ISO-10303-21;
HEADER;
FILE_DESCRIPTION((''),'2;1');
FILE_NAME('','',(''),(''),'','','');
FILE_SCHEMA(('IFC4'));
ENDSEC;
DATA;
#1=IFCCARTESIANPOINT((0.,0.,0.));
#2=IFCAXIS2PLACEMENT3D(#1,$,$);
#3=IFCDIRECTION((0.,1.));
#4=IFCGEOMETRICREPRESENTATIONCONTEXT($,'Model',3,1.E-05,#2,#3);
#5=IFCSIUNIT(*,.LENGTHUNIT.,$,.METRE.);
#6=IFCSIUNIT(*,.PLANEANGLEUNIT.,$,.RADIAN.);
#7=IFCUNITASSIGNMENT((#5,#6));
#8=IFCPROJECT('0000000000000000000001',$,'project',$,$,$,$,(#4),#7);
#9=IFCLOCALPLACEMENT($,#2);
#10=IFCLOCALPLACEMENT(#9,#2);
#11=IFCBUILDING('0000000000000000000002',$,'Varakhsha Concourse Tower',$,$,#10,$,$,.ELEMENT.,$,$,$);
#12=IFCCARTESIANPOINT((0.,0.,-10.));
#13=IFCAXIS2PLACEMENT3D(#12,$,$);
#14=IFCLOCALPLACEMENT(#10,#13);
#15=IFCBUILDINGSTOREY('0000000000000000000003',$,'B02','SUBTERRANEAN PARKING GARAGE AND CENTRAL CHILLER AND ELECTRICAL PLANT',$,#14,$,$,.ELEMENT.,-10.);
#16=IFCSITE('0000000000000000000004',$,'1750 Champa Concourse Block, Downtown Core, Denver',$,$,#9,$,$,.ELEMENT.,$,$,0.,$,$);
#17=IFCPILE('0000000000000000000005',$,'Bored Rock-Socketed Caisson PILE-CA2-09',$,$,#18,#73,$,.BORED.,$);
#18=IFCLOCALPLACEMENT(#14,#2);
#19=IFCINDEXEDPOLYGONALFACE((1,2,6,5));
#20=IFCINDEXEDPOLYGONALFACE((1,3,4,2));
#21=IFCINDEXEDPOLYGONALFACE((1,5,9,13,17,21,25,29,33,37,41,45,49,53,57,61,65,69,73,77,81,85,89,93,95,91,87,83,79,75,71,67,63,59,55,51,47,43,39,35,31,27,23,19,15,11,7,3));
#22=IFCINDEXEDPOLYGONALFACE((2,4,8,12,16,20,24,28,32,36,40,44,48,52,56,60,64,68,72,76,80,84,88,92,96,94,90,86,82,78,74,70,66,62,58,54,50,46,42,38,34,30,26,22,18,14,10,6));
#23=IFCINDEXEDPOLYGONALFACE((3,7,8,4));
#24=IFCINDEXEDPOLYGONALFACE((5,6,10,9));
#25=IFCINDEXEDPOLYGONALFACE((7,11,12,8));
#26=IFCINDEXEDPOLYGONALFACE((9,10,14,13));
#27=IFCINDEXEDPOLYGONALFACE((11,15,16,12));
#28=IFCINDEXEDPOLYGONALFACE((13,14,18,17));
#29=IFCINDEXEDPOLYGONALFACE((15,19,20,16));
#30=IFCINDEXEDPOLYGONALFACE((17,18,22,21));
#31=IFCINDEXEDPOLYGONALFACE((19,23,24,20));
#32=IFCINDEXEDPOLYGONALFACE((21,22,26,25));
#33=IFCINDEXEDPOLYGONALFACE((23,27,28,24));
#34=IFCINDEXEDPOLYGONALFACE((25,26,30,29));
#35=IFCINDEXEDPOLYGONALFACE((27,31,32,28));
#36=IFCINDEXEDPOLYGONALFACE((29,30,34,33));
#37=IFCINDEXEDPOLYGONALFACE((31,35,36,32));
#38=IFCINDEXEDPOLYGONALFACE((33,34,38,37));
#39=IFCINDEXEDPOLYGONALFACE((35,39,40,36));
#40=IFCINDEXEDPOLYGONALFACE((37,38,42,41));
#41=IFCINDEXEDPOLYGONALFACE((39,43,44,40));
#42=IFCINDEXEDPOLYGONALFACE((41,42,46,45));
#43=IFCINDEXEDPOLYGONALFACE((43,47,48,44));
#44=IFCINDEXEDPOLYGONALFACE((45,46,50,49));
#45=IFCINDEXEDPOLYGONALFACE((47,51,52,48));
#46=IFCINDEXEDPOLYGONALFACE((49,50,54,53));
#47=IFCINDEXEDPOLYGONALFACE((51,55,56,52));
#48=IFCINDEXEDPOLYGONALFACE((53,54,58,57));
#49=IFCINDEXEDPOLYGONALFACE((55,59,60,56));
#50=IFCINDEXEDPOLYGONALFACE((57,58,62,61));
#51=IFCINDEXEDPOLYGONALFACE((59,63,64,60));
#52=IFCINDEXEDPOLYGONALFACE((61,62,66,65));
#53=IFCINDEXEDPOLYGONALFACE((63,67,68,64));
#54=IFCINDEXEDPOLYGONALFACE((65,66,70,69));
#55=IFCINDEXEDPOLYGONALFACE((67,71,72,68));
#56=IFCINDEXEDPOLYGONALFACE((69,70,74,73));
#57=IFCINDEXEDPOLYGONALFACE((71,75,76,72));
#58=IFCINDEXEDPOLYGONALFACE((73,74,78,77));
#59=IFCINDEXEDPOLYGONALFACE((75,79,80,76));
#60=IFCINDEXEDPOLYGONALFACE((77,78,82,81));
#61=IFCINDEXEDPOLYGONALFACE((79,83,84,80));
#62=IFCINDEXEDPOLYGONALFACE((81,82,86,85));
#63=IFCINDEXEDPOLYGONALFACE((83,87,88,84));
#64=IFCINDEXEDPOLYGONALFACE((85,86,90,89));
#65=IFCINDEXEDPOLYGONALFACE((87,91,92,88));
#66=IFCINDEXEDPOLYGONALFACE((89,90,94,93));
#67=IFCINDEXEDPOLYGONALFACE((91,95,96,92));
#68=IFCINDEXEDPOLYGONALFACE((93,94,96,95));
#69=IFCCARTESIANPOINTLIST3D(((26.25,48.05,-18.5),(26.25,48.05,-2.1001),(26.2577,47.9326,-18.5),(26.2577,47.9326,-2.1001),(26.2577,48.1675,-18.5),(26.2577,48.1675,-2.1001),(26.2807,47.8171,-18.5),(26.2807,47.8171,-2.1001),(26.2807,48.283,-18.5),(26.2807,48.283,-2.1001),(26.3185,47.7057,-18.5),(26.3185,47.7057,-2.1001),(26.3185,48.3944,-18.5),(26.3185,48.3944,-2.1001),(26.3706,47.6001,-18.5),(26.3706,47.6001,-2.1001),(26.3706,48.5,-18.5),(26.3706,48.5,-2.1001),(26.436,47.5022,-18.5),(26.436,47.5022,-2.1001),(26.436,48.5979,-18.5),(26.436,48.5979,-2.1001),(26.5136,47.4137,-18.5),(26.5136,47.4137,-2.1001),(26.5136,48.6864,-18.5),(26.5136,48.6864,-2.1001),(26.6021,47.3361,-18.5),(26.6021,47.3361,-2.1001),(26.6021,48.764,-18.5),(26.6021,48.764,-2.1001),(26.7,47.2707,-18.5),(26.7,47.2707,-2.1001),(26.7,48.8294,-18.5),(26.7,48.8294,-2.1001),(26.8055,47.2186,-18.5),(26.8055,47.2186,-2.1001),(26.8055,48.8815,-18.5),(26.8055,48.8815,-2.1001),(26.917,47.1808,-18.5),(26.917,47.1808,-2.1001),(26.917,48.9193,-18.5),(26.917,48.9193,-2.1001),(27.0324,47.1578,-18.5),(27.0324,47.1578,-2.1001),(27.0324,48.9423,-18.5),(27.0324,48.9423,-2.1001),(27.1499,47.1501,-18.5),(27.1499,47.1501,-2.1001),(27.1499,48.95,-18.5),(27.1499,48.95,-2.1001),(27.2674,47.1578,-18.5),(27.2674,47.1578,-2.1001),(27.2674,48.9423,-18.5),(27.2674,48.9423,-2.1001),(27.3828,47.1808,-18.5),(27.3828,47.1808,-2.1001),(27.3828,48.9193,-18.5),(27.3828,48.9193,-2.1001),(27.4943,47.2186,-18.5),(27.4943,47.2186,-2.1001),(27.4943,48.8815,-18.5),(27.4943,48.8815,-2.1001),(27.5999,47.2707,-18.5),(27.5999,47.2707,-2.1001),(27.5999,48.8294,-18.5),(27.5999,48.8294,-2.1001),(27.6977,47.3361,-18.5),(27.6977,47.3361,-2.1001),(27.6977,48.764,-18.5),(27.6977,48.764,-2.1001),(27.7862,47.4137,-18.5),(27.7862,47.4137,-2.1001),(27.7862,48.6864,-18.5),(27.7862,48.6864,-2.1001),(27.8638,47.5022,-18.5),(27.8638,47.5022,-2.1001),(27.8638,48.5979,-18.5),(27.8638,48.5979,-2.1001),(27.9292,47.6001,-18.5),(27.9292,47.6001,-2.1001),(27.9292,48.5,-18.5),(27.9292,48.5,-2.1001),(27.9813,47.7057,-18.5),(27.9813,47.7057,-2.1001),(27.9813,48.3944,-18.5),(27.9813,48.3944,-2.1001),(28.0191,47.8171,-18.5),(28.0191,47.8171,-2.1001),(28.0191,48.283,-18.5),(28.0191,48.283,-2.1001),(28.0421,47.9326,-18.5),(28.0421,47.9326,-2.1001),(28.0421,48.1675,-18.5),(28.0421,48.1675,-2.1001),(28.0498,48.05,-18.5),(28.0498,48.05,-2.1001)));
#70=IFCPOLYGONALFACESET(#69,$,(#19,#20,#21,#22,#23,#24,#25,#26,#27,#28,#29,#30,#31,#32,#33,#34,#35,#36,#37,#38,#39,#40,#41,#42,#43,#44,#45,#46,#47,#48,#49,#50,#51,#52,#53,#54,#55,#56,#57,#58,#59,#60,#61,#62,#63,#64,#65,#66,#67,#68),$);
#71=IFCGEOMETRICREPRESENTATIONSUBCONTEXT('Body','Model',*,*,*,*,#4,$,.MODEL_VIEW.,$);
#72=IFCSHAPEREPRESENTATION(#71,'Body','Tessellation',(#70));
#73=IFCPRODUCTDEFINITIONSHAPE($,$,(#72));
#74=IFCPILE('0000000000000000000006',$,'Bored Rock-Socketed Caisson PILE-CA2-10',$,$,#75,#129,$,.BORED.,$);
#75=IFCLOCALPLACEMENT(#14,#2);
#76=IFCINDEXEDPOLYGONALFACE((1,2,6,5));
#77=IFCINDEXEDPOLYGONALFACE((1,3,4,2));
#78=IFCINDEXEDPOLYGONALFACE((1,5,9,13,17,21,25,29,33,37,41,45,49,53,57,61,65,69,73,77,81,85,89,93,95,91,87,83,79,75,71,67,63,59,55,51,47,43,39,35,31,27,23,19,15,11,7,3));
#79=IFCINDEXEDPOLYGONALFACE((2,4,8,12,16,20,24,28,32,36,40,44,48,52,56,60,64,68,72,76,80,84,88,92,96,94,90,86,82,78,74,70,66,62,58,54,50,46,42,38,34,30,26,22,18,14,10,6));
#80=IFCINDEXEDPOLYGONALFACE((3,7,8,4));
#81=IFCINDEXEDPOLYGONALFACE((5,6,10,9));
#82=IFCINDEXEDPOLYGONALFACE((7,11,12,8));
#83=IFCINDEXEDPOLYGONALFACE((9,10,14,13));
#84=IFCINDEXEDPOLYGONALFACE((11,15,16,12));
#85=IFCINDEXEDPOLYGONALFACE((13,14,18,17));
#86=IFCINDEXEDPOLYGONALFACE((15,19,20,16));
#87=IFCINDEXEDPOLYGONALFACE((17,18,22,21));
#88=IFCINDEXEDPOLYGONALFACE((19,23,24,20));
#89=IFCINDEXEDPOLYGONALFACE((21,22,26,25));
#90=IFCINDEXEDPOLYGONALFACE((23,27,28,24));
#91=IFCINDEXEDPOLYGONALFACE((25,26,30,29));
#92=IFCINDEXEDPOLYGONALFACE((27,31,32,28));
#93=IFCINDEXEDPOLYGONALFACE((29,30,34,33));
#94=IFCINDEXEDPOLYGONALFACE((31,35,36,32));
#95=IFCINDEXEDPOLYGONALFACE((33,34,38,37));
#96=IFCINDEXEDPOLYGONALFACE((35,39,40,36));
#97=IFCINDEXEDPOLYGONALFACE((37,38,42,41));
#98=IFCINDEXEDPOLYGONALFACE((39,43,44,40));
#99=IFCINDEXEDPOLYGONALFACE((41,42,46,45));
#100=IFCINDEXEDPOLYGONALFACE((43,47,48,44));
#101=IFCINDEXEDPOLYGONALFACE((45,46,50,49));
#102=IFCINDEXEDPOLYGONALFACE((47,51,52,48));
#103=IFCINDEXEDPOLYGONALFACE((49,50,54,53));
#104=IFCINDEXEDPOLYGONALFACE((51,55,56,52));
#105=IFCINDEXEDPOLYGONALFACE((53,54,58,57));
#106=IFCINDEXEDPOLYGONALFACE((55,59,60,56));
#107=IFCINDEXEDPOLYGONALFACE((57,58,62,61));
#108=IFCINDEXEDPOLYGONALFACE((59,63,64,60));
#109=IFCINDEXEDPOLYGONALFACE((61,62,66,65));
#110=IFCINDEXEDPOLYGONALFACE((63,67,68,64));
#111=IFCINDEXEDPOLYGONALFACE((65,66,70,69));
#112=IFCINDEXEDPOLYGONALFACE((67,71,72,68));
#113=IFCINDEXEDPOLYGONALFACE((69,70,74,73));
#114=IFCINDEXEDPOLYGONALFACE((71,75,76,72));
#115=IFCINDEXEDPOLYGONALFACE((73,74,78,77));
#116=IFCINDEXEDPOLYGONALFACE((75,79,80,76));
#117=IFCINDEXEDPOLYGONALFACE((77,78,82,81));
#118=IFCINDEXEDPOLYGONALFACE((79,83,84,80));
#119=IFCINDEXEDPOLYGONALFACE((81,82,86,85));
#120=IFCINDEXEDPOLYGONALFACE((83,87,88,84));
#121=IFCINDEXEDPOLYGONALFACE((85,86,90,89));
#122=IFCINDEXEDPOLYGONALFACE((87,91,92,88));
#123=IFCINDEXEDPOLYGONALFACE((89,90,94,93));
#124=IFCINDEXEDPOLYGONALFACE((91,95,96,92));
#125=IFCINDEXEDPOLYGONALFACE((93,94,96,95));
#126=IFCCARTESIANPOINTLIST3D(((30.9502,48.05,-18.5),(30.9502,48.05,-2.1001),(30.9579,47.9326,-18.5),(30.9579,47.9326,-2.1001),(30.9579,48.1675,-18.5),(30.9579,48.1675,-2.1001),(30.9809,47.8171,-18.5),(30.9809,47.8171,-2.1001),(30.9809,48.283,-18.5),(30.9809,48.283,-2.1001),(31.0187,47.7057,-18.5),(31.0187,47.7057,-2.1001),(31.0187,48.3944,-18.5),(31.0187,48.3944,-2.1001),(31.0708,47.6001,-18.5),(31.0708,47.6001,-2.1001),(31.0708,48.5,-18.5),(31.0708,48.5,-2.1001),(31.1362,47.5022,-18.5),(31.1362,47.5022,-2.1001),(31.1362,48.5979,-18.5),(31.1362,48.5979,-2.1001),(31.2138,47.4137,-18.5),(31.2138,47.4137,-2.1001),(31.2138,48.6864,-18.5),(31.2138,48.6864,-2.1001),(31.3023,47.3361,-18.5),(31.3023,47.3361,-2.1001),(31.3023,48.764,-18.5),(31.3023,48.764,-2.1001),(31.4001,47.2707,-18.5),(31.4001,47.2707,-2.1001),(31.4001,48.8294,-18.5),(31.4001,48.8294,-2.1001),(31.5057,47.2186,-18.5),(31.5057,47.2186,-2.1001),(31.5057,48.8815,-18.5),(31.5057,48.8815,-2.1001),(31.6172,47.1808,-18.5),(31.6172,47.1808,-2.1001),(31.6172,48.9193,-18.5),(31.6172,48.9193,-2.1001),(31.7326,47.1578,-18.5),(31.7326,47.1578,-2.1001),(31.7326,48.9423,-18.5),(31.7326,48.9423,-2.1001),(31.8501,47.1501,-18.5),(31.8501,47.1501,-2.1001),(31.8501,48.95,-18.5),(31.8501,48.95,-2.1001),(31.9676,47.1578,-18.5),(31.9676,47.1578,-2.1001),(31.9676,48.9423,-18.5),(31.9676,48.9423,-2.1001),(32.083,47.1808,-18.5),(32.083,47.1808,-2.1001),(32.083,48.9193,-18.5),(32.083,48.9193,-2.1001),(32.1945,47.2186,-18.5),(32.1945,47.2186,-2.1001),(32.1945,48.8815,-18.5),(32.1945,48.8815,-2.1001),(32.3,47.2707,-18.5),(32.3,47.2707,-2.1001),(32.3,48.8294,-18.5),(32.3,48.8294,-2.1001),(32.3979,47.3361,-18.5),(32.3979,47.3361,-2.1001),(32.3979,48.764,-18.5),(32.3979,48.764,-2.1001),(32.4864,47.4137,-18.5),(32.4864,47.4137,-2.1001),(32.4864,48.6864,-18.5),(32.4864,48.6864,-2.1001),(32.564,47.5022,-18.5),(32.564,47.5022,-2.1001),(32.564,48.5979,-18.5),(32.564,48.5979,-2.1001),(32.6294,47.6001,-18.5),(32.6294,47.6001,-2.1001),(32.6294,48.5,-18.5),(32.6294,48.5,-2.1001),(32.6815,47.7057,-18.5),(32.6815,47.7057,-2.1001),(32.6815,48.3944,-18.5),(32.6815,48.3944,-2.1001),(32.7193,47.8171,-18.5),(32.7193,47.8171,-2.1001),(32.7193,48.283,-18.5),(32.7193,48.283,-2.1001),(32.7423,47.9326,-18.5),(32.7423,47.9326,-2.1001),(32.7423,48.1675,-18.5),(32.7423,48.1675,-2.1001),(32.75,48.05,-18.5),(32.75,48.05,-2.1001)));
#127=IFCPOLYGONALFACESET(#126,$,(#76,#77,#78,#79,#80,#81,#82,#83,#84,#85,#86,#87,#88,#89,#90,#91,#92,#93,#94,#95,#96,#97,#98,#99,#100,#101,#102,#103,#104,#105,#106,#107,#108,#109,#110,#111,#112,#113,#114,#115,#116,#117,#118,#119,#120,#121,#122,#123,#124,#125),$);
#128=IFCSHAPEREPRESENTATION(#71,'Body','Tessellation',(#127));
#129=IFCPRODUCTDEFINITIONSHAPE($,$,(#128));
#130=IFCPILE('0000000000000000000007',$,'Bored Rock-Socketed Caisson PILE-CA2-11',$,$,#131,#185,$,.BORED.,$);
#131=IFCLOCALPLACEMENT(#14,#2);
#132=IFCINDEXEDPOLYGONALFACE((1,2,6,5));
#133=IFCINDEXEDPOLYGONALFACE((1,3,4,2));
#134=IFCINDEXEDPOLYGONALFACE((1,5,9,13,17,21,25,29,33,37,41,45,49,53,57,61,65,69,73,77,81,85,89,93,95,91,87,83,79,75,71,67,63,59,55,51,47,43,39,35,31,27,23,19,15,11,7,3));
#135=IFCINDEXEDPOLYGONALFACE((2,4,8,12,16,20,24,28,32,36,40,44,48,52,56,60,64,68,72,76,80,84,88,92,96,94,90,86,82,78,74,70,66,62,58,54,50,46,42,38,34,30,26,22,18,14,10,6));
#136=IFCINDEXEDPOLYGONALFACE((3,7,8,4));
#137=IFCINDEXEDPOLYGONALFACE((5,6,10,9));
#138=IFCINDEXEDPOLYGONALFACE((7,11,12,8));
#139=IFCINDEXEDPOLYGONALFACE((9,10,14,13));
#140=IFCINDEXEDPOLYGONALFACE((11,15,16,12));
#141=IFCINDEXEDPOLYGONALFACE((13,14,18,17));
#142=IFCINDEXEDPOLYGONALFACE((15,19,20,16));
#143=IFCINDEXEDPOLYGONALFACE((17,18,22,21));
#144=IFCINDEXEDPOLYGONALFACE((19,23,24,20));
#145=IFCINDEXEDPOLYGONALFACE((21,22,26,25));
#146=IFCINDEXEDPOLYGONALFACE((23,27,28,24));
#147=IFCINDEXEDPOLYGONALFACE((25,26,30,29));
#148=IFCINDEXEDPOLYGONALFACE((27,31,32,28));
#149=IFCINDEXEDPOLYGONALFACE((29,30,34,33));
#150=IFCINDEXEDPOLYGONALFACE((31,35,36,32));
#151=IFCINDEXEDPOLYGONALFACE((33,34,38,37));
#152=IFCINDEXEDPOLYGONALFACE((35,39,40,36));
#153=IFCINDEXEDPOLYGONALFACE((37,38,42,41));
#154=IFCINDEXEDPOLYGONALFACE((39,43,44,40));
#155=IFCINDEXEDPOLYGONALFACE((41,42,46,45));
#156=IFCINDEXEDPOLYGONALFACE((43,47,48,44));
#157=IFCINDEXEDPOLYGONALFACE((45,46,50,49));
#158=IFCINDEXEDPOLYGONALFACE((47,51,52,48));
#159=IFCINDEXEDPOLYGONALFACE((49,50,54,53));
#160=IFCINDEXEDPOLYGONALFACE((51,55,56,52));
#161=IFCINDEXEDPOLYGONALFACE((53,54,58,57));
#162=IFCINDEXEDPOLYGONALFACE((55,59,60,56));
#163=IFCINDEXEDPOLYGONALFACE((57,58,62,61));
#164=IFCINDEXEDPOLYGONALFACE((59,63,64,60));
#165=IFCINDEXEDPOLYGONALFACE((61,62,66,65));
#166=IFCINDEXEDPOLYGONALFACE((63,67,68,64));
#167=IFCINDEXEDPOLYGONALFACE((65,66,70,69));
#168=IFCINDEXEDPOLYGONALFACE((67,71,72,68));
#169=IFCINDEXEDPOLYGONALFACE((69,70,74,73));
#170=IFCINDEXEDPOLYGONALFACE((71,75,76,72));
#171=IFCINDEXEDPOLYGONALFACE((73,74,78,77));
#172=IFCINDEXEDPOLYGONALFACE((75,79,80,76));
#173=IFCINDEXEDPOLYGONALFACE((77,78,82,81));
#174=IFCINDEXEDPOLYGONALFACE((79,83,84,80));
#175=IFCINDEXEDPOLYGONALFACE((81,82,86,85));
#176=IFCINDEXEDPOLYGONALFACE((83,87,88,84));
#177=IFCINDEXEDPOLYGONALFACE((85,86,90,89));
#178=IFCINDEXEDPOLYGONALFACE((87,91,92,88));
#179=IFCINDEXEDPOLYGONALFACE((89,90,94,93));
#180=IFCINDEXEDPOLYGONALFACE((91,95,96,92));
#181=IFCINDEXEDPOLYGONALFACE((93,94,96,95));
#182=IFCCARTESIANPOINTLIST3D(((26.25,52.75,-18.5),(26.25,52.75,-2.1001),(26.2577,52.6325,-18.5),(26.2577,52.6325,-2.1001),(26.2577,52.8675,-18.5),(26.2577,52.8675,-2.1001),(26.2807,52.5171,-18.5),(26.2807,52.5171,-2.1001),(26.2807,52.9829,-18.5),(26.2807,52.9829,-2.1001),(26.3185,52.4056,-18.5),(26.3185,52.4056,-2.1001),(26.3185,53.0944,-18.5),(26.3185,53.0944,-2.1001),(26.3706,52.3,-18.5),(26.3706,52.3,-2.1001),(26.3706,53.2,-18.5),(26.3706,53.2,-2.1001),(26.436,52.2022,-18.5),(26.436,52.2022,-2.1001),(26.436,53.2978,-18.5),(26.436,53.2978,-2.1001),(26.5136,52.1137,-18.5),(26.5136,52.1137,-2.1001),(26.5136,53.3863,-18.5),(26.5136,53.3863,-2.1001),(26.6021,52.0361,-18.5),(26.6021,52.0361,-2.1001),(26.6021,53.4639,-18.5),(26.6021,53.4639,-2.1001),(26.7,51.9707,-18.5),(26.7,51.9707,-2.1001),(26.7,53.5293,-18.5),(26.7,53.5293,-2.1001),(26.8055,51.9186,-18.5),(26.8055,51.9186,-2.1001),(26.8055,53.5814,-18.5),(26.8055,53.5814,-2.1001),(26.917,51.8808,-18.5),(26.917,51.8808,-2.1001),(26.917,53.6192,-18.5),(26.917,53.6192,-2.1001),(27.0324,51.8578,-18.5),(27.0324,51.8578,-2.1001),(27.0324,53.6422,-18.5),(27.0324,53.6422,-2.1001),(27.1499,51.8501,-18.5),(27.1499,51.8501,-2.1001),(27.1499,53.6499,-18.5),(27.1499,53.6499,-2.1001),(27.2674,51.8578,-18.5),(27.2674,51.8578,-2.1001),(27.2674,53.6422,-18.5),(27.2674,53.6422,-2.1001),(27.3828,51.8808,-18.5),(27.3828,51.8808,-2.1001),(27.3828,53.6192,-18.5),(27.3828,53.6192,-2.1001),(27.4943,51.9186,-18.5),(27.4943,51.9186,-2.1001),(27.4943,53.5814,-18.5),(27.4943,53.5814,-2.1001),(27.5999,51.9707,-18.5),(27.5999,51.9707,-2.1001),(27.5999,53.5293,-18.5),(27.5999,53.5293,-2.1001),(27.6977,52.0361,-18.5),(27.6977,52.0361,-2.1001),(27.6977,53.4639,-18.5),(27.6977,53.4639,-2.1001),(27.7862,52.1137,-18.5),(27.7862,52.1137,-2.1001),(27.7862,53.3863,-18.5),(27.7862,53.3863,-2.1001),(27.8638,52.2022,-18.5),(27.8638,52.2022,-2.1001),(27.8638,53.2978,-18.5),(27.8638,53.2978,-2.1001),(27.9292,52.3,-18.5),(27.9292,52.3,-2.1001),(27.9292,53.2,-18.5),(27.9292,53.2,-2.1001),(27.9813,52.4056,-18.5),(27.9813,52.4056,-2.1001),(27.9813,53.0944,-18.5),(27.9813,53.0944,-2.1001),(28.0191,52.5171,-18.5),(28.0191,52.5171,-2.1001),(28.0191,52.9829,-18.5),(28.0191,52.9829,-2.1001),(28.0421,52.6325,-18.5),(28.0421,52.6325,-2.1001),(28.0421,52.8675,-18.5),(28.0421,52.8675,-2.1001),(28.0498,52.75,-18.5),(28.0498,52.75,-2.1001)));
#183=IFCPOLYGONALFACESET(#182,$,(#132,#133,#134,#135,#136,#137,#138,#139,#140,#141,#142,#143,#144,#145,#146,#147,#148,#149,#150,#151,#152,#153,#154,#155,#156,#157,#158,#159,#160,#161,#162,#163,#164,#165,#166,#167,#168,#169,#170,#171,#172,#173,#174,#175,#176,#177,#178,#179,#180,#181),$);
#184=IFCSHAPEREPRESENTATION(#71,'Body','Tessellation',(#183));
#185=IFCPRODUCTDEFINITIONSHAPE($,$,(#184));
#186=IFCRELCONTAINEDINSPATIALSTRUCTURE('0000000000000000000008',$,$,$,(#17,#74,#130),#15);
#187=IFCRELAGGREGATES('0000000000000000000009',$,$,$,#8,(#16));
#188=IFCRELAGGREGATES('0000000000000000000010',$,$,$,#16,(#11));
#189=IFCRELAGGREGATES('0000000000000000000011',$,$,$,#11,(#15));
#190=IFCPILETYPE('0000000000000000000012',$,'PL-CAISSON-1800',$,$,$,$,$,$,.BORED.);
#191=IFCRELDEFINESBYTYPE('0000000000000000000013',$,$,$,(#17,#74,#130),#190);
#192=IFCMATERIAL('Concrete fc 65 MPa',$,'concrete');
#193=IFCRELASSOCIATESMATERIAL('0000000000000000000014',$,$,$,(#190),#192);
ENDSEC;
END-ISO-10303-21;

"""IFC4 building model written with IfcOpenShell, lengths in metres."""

from ifc_helpers import new_model, si_unit, direction, frame, origin, origin_2d, place, context, subcontext, project, spatial, circle, extrude, material, material_profile, profile_set, type_object, element, save


model = new_model("IFC4")

# Units and contexts
model_context = context("Model", 3, precision=1e-05, world=origin(), true_north=direction((0.0, 1.0)))
body_context = subcontext(model_context, "Body", "Model", "MODEL_VIEW")
ifc_project = project(units=[si_unit("LENGTHUNIT", "METRE"), si_unit("PLANEANGLEUNIT", "RADIAN")], contexts=[model_context])

# Site, building, storey
site_placement = place(None, origin())
site = spatial("IfcSite", under=ifc_project, at=site_placement, Name="1750 Champa Concourse Block, Downtown Core, Denver", CompositionType="ELEMENT", RefElevation=0.0)
building_placement = place(site_placement, origin())
building = spatial("IfcBuilding", under=site, at=building_placement, Name="Varakhsha Concourse Tower", CompositionType="ELEMENT")
storey_placement = place(building_placement, frame((0.0, 0.0, -10.0)))
storey = spatial("IfcBuildingStorey", under=building, at=storey_placement, Name="B02", Description="SUBTERRANEAN PARKING GARAGE AND CENTRAL CHILLER AND ELECTRICAL PLANT", CompositionType="ELEMENT", Elevation=-10.0)

# Piles
ifc_material_1 = material(Name="Concrete fc 65 MPa", Category="concrete")
ifc_material_profile_1 = material_profile(ifc_material_1, circle(Radius=0.8999, at=origin_2d()), Name="CAISSON D1800")
ifc_profile_set_1 = profile_set([ifc_material_profile_1], Name="Concrete fc 65 MPa")
pile_type_1 = type_object("IfcPileType", Name="PL-CAISSON-1800", PredefinedType="BORED", material=ifc_profile_set_1)
for number, where, z_axis, x_axis, name in (
    (1, (27.1499, 48.05, -2.1001), (0.0, 0.0, -1.0), (1.0, 0.0, 0.0), "Bored Rock-Socketed Caisson PILE-CA2-09"),
    (2, (31.8501, 48.05, -2.1001), (0.0, 0.0, -1.0), (1.0, 0.0, 0.0), "Bored Rock-Socketed Caisson PILE-CA2-10"),
    (3, (27.1499, 52.75, -2.1001), (0.0, 0.0, -1.0), (1.0, 0.0, 0.0), "Bored Rock-Socketed Caisson PILE-CA2-11"),
):
    element("IfcPile", number, at=place(storey_placement, frame(where, z_axis=z_axis, x_axis=x_axis)), inside=storey, type_object=pile_type_1, Name=name, PredefinedType="BORED", context=body_context, shape_type="SweptSolid", body=[
        extrude(circle(Radius=0.8999, at=origin_2d()), origin(), (0.0, 0.0, 1.0), 16.3999),
    ])

save(model, "model.ifc")
